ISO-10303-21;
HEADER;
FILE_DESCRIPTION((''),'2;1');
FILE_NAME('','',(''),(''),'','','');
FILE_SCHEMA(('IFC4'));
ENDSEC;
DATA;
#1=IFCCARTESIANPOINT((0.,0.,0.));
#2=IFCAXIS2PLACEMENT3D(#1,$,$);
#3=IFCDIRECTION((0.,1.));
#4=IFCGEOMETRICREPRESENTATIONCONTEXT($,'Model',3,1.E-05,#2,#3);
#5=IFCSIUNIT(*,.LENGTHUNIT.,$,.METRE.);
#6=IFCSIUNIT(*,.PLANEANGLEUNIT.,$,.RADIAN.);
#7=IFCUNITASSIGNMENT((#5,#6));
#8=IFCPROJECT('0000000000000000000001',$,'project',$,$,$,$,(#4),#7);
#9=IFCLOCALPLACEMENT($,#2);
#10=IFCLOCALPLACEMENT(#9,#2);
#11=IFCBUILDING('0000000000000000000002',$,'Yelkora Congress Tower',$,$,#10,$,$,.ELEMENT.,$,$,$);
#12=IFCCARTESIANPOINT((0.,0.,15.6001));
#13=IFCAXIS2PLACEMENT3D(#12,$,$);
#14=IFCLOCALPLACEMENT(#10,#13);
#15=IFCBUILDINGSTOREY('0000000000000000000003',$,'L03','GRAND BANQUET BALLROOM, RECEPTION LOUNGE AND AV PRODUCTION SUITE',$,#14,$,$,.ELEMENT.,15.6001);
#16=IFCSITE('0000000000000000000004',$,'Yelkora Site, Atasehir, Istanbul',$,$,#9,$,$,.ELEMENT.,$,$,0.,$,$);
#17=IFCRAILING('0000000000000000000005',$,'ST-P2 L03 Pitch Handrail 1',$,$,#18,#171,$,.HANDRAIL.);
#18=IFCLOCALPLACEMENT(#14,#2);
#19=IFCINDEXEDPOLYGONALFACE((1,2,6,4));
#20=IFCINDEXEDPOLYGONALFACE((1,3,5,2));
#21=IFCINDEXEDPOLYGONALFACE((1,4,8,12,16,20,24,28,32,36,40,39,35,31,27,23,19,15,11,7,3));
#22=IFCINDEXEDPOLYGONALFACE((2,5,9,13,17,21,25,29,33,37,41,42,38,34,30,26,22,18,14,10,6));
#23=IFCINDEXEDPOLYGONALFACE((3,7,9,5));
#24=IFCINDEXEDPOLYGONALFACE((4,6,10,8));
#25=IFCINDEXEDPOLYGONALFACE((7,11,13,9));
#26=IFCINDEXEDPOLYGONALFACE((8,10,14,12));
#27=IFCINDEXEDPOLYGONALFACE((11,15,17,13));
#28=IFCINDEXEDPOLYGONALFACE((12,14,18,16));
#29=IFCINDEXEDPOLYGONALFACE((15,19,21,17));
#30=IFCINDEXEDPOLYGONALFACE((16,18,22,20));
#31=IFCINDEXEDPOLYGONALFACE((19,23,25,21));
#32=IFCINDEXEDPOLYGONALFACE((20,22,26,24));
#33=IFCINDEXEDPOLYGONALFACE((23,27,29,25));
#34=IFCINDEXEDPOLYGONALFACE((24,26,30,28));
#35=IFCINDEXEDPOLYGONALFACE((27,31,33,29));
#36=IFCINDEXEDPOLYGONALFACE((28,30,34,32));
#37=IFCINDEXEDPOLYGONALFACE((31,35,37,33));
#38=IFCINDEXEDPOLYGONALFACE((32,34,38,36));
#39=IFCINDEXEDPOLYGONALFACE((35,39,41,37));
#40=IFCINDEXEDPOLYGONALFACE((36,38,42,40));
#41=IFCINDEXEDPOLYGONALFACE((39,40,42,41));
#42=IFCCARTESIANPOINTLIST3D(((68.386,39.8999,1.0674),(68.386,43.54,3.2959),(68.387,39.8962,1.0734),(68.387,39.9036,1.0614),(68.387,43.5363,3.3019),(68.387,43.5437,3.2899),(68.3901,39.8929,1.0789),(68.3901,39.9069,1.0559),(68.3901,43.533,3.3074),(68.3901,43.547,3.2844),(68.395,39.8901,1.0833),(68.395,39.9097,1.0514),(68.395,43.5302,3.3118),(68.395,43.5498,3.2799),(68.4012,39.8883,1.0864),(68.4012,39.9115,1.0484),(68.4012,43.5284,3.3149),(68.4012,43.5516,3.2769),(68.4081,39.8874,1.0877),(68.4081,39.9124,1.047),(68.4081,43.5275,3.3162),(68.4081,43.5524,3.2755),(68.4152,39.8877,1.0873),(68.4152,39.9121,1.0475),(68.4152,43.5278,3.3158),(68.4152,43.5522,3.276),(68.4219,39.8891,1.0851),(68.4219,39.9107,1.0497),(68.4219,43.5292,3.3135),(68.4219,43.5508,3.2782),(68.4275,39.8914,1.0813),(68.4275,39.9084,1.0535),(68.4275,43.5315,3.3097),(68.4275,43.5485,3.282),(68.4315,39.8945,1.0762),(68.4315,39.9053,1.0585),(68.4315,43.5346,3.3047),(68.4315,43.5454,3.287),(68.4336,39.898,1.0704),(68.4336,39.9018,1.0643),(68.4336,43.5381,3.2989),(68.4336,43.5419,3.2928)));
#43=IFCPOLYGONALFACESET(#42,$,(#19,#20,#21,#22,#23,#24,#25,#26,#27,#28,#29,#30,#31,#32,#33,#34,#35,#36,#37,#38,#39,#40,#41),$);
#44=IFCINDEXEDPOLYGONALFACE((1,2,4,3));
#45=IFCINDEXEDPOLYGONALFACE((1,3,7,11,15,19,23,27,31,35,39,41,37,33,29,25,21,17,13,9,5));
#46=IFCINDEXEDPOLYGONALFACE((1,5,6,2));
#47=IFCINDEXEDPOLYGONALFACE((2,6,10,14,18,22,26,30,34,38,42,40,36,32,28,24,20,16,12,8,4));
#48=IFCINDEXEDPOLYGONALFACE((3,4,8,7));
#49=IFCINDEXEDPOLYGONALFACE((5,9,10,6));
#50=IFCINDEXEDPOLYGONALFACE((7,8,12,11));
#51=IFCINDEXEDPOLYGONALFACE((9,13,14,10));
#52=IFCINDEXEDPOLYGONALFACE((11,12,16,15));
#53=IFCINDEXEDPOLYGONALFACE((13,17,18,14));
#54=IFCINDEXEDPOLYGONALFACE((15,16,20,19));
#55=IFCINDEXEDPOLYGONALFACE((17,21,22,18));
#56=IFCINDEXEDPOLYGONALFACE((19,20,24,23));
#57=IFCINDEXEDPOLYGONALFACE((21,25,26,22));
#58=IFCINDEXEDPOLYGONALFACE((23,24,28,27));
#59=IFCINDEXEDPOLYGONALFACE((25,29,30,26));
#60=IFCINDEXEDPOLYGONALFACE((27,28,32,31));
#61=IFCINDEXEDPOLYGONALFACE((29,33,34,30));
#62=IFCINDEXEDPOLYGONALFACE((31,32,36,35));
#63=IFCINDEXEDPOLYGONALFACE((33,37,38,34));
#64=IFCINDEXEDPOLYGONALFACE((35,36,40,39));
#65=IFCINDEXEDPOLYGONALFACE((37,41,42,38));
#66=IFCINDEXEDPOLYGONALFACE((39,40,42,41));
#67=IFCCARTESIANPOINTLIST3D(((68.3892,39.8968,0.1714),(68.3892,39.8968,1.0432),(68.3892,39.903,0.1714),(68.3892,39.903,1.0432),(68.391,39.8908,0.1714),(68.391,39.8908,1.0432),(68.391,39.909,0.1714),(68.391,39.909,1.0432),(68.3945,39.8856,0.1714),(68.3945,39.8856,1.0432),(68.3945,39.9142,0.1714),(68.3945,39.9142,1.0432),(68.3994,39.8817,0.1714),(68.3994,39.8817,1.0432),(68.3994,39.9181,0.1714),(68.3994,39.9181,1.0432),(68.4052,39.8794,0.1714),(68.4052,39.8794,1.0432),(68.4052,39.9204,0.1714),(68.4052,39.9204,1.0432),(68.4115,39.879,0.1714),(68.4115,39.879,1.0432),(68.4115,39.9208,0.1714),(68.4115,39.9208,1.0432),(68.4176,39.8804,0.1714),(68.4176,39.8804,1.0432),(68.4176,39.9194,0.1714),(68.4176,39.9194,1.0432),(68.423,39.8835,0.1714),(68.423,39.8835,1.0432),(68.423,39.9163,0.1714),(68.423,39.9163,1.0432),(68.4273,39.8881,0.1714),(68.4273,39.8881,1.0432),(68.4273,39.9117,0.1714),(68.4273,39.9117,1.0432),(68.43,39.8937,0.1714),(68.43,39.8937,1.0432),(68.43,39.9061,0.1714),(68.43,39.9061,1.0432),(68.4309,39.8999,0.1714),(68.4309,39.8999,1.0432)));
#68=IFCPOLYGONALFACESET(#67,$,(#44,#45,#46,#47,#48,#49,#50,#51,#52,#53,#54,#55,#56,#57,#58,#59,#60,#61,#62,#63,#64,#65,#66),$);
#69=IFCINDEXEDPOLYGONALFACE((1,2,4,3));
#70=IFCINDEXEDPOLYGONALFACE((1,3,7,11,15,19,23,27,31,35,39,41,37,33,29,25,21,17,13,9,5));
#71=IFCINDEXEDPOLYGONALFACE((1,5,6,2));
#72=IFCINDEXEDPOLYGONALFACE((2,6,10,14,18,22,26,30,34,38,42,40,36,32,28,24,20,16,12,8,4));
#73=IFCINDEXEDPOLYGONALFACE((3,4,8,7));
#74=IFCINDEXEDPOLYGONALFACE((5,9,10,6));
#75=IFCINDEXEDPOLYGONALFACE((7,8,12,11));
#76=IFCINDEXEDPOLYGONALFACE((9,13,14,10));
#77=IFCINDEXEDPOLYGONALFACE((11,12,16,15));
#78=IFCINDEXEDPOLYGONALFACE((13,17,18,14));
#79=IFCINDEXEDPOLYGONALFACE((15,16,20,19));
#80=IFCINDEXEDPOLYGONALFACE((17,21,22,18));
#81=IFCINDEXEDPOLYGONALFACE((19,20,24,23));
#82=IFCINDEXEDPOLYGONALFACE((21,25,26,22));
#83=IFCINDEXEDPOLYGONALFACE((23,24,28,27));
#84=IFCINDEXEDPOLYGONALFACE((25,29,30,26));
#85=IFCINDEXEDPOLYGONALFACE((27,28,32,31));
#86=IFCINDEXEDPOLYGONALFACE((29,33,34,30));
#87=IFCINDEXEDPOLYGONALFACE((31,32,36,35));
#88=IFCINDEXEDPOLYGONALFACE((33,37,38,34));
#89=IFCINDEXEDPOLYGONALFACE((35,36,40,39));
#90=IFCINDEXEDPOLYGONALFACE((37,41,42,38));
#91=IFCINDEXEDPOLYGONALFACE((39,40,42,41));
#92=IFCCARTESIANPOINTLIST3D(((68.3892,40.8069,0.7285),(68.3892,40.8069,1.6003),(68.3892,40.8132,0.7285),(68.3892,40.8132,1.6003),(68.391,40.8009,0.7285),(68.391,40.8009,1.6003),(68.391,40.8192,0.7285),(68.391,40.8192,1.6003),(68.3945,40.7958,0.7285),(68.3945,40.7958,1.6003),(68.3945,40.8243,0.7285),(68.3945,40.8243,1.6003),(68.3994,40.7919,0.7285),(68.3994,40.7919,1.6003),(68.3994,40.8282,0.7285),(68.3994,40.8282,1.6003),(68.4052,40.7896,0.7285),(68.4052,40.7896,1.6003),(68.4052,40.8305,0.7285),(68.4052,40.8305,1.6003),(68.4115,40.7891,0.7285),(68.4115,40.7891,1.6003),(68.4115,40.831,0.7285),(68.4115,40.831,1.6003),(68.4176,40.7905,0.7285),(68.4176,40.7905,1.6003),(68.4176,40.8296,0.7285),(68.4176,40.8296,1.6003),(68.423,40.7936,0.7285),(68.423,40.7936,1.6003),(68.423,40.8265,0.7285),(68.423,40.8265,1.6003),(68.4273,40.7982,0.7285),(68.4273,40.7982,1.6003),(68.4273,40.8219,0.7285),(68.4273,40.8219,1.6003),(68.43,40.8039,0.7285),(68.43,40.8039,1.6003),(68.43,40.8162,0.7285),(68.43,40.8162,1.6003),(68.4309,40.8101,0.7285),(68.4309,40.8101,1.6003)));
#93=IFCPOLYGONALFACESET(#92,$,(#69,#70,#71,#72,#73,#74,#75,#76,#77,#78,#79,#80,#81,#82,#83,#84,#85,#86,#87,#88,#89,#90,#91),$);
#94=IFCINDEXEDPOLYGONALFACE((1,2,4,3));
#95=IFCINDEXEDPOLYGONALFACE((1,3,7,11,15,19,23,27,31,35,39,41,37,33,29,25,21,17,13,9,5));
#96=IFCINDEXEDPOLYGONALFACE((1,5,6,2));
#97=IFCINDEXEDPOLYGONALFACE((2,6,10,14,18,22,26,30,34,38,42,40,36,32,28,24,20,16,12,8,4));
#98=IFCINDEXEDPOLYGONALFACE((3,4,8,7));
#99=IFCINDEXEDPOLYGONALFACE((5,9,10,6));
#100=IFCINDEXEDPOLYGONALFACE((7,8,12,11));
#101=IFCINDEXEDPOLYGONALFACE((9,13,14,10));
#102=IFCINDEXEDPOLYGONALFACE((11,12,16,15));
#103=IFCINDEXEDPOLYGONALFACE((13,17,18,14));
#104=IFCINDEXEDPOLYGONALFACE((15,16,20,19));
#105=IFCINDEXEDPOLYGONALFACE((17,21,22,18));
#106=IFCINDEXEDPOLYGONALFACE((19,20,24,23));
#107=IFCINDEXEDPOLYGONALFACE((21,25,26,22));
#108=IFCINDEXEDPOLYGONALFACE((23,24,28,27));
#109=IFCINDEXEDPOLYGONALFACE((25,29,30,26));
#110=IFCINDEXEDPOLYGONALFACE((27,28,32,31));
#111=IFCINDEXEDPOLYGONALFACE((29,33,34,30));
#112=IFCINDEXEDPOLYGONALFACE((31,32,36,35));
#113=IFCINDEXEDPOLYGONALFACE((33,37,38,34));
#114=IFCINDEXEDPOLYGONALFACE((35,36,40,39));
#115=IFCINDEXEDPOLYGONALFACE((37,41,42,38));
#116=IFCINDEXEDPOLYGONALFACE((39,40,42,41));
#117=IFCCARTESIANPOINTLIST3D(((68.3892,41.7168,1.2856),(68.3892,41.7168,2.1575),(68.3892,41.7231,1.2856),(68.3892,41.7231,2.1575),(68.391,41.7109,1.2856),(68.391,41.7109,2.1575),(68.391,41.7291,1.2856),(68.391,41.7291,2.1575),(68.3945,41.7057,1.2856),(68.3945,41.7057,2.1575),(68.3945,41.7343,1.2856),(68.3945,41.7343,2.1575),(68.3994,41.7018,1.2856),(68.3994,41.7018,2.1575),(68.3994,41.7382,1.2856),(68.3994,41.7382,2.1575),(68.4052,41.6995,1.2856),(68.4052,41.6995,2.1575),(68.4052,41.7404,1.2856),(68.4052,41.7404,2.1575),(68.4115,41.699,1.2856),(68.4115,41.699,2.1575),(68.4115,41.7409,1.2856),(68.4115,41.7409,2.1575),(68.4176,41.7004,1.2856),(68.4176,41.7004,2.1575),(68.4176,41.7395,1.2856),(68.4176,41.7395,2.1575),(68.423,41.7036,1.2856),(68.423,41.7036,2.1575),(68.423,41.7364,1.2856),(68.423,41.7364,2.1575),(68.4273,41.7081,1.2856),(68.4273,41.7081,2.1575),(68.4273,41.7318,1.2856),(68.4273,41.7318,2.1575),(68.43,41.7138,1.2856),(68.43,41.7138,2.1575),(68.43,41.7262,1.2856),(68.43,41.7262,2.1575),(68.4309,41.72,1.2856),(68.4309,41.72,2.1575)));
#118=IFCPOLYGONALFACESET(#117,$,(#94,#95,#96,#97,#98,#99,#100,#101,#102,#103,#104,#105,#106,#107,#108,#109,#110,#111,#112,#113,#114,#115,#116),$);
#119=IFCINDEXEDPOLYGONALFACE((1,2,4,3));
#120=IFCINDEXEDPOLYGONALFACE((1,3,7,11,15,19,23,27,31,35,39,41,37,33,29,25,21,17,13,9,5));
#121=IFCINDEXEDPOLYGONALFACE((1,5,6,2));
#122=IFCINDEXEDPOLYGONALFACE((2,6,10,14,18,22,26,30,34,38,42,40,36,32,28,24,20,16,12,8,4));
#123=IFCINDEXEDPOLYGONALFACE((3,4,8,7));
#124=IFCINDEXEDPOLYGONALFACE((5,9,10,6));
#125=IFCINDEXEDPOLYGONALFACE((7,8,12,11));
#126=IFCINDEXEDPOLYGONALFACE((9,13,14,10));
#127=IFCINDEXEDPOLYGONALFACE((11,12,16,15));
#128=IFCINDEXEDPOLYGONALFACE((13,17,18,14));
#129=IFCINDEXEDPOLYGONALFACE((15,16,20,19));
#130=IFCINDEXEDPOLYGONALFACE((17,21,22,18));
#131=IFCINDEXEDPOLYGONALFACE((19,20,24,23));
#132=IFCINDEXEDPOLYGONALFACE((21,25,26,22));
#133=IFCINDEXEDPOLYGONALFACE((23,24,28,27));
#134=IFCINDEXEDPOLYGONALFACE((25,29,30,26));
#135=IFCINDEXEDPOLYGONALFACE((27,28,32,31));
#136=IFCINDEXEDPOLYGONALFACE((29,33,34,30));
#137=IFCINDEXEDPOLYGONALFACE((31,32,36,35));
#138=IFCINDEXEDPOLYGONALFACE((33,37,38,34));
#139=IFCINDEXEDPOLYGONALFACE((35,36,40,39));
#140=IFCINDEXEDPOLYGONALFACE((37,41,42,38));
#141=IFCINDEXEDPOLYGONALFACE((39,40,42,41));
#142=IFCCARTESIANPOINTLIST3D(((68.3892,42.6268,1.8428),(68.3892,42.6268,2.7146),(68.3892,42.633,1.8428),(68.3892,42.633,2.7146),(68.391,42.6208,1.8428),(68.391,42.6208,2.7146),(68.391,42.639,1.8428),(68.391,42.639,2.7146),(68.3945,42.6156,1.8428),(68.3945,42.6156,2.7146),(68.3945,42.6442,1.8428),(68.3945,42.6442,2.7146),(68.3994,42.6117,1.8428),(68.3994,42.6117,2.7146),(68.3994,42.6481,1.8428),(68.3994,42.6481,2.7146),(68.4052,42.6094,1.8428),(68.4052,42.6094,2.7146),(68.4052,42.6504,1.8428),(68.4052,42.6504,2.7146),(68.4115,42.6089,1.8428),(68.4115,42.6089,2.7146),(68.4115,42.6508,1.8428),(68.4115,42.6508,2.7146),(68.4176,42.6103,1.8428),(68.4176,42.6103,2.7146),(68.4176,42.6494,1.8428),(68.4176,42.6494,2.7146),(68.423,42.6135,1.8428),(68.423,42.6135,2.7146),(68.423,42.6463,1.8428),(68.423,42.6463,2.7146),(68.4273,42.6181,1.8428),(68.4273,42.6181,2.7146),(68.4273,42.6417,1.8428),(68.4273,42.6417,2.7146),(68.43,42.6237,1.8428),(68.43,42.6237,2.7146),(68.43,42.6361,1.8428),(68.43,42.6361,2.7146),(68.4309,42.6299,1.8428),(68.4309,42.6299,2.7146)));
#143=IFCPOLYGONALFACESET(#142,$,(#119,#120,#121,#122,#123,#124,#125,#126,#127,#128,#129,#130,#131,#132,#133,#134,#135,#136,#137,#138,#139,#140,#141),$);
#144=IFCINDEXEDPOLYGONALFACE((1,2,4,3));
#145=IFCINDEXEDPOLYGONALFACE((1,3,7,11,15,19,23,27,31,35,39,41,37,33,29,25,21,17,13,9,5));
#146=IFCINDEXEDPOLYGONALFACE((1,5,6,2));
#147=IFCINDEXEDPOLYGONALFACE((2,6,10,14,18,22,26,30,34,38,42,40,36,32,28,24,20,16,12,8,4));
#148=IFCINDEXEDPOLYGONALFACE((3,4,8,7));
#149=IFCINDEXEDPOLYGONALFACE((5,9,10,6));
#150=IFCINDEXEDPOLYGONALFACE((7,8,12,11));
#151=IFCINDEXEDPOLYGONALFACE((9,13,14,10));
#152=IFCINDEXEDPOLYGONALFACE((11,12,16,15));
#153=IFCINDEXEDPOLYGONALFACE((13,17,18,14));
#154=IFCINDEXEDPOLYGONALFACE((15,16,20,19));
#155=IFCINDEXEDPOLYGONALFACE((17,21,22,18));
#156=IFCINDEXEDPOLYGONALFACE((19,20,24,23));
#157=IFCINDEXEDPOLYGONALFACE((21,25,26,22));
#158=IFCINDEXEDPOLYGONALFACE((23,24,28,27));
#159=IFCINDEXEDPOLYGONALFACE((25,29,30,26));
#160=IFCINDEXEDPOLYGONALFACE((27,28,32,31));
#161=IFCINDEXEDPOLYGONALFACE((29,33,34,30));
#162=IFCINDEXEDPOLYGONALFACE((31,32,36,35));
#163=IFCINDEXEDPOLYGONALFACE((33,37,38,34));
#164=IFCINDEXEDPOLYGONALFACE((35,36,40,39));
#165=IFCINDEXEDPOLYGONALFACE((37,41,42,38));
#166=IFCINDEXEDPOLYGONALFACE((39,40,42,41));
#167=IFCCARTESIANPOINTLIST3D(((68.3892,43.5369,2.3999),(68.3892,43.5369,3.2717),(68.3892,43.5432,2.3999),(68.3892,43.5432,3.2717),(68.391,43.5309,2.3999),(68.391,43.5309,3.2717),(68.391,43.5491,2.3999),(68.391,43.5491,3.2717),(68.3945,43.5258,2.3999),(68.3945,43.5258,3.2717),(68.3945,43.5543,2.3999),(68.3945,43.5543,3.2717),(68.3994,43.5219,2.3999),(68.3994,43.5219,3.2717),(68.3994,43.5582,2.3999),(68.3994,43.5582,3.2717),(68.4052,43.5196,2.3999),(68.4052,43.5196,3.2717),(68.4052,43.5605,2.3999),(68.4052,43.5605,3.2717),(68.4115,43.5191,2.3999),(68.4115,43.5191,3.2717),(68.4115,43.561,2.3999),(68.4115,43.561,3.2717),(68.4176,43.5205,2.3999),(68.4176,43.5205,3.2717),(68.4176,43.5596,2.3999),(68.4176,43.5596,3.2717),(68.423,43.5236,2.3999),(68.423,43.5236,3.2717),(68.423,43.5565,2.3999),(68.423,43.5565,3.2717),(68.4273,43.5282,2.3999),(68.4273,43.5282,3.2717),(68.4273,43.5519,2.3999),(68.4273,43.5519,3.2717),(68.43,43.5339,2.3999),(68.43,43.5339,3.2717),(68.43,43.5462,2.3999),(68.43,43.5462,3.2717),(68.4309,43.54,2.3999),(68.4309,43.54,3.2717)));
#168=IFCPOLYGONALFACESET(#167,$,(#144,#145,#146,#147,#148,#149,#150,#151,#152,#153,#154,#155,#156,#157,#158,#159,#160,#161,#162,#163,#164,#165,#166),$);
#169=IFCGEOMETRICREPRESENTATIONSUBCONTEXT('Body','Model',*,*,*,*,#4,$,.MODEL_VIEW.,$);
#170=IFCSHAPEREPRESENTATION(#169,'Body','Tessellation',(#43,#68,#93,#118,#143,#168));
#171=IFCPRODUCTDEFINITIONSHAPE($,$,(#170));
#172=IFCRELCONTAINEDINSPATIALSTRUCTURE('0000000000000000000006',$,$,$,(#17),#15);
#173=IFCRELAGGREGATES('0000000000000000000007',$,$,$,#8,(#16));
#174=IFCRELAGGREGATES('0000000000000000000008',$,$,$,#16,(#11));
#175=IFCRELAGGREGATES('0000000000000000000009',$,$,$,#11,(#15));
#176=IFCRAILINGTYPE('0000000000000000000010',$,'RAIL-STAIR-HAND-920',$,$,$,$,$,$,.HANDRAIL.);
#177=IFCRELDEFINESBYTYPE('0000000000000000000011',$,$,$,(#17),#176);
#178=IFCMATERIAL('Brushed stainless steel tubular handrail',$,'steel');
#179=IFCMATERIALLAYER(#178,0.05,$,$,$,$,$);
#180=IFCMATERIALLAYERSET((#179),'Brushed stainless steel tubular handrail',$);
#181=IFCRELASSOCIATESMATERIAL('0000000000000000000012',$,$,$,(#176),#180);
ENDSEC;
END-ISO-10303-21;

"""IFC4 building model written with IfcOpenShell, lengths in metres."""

from ifc_helpers import new_model, si_unit, direction, frame, origin, origin_2d, place, context, subcontext, project, spatial, circle, extrude, material, layer, layer_set, type_object, element, save


model = new_model("IFC4")

# Units and contexts
model_context = context("Model", 3, precision=1e-05, world=origin(), true_north=direction((0.0, 1.0)))
body_context = subcontext(model_context, "Body", "Model", "MODEL_VIEW")
ifc_project = project(units=[si_unit("LENGTHUNIT", "METRE"), si_unit("PLANEANGLEUNIT", "RADIAN")], contexts=[model_context])

# Site, building, storey
site_placement = place(None, origin())
site = spatial("IfcSite", under=ifc_project, at=site_placement, Name="Yelkora Site, Atasehir, Istanbul", CompositionType="ELEMENT", RefElevation=0.0)
building_placement = place(site_placement, origin())
building = spatial("IfcBuilding", under=site, at=building_placement, Name="Yelkora Congress Tower", CompositionType="ELEMENT")
storey_placement = place(building_placement, frame((0.0, 0.0, 15.6001)))
storey = spatial("IfcBuildingStorey", under=building, at=storey_placement, Name="L03", Description="GRAND BANQUET BALLROOM, RECEPTION LOUNGE AND AV PRODUCTION SUITE", CompositionType="ELEMENT", Elevation=15.6001)

# Railing
ifc_material_1 = material(Name="Brushed stainless steel tubular handrail", Category="steel")
ifc_layer_1 = layer(ifc_material_1, 0.05)
ifc_layer_set_1 = layer_set([ifc_layer_1], Name="Brushed stainless steel tubular handrail")
railing_type_1 = type_object("IfcRailingType", Name="RAIL-STAIR-HAND-920", PredefinedType="HANDRAIL", material=ifc_layer_set_1)
railing_1_placement = place(storey_placement, frame((68.4099, 39.8999, 0.1714)))
element("IfcRailing", 1, at=railing_1_placement, inside=storey, type_object=railing_type_1, Name="ST-P2 L03 Pitch Handrail 1", PredefinedType="HANDRAIL", context=body_context, shape_type="SweptSolid", body=[
    extrude(circle(Radius=0.0239, at=origin_2d()), frame((0.0, 0.0, 0.896), z_axis=(0.0, 0.852866, 0.52213), x_axis=(-1.0, 0.0, 0.0)), (0.0, 0.0, 1.0), 4.2681),
    extrude(circle(Radius=0.021, at=origin_2d()), origin(), (0.0, 0.0, 1.0), 0.8718),
    extrude(circle(Radius=0.021, at=origin_2d()), frame((0.0, 0.9102, 0.5571)), (0.0, 0.0, 1.0), 0.8718),
    extrude(circle(Radius=0.021, at=origin_2d()), frame((0.0, 1.8201, 1.1143)), (0.0, 0.0, 1.0), 0.8718),
    extrude(circle(Radius=0.021, at=origin_2d()), frame((0.0, 2.73, 1.6714)), (0.0, 0.0, 1.0), 0.8718),
    extrude(circle(Radius=0.021, at=origin_2d()), frame((0.0, 3.6401, 2.2285)), (0.0, 0.0, 1.0), 0.8718),
])

save(model, "model.ifc")
